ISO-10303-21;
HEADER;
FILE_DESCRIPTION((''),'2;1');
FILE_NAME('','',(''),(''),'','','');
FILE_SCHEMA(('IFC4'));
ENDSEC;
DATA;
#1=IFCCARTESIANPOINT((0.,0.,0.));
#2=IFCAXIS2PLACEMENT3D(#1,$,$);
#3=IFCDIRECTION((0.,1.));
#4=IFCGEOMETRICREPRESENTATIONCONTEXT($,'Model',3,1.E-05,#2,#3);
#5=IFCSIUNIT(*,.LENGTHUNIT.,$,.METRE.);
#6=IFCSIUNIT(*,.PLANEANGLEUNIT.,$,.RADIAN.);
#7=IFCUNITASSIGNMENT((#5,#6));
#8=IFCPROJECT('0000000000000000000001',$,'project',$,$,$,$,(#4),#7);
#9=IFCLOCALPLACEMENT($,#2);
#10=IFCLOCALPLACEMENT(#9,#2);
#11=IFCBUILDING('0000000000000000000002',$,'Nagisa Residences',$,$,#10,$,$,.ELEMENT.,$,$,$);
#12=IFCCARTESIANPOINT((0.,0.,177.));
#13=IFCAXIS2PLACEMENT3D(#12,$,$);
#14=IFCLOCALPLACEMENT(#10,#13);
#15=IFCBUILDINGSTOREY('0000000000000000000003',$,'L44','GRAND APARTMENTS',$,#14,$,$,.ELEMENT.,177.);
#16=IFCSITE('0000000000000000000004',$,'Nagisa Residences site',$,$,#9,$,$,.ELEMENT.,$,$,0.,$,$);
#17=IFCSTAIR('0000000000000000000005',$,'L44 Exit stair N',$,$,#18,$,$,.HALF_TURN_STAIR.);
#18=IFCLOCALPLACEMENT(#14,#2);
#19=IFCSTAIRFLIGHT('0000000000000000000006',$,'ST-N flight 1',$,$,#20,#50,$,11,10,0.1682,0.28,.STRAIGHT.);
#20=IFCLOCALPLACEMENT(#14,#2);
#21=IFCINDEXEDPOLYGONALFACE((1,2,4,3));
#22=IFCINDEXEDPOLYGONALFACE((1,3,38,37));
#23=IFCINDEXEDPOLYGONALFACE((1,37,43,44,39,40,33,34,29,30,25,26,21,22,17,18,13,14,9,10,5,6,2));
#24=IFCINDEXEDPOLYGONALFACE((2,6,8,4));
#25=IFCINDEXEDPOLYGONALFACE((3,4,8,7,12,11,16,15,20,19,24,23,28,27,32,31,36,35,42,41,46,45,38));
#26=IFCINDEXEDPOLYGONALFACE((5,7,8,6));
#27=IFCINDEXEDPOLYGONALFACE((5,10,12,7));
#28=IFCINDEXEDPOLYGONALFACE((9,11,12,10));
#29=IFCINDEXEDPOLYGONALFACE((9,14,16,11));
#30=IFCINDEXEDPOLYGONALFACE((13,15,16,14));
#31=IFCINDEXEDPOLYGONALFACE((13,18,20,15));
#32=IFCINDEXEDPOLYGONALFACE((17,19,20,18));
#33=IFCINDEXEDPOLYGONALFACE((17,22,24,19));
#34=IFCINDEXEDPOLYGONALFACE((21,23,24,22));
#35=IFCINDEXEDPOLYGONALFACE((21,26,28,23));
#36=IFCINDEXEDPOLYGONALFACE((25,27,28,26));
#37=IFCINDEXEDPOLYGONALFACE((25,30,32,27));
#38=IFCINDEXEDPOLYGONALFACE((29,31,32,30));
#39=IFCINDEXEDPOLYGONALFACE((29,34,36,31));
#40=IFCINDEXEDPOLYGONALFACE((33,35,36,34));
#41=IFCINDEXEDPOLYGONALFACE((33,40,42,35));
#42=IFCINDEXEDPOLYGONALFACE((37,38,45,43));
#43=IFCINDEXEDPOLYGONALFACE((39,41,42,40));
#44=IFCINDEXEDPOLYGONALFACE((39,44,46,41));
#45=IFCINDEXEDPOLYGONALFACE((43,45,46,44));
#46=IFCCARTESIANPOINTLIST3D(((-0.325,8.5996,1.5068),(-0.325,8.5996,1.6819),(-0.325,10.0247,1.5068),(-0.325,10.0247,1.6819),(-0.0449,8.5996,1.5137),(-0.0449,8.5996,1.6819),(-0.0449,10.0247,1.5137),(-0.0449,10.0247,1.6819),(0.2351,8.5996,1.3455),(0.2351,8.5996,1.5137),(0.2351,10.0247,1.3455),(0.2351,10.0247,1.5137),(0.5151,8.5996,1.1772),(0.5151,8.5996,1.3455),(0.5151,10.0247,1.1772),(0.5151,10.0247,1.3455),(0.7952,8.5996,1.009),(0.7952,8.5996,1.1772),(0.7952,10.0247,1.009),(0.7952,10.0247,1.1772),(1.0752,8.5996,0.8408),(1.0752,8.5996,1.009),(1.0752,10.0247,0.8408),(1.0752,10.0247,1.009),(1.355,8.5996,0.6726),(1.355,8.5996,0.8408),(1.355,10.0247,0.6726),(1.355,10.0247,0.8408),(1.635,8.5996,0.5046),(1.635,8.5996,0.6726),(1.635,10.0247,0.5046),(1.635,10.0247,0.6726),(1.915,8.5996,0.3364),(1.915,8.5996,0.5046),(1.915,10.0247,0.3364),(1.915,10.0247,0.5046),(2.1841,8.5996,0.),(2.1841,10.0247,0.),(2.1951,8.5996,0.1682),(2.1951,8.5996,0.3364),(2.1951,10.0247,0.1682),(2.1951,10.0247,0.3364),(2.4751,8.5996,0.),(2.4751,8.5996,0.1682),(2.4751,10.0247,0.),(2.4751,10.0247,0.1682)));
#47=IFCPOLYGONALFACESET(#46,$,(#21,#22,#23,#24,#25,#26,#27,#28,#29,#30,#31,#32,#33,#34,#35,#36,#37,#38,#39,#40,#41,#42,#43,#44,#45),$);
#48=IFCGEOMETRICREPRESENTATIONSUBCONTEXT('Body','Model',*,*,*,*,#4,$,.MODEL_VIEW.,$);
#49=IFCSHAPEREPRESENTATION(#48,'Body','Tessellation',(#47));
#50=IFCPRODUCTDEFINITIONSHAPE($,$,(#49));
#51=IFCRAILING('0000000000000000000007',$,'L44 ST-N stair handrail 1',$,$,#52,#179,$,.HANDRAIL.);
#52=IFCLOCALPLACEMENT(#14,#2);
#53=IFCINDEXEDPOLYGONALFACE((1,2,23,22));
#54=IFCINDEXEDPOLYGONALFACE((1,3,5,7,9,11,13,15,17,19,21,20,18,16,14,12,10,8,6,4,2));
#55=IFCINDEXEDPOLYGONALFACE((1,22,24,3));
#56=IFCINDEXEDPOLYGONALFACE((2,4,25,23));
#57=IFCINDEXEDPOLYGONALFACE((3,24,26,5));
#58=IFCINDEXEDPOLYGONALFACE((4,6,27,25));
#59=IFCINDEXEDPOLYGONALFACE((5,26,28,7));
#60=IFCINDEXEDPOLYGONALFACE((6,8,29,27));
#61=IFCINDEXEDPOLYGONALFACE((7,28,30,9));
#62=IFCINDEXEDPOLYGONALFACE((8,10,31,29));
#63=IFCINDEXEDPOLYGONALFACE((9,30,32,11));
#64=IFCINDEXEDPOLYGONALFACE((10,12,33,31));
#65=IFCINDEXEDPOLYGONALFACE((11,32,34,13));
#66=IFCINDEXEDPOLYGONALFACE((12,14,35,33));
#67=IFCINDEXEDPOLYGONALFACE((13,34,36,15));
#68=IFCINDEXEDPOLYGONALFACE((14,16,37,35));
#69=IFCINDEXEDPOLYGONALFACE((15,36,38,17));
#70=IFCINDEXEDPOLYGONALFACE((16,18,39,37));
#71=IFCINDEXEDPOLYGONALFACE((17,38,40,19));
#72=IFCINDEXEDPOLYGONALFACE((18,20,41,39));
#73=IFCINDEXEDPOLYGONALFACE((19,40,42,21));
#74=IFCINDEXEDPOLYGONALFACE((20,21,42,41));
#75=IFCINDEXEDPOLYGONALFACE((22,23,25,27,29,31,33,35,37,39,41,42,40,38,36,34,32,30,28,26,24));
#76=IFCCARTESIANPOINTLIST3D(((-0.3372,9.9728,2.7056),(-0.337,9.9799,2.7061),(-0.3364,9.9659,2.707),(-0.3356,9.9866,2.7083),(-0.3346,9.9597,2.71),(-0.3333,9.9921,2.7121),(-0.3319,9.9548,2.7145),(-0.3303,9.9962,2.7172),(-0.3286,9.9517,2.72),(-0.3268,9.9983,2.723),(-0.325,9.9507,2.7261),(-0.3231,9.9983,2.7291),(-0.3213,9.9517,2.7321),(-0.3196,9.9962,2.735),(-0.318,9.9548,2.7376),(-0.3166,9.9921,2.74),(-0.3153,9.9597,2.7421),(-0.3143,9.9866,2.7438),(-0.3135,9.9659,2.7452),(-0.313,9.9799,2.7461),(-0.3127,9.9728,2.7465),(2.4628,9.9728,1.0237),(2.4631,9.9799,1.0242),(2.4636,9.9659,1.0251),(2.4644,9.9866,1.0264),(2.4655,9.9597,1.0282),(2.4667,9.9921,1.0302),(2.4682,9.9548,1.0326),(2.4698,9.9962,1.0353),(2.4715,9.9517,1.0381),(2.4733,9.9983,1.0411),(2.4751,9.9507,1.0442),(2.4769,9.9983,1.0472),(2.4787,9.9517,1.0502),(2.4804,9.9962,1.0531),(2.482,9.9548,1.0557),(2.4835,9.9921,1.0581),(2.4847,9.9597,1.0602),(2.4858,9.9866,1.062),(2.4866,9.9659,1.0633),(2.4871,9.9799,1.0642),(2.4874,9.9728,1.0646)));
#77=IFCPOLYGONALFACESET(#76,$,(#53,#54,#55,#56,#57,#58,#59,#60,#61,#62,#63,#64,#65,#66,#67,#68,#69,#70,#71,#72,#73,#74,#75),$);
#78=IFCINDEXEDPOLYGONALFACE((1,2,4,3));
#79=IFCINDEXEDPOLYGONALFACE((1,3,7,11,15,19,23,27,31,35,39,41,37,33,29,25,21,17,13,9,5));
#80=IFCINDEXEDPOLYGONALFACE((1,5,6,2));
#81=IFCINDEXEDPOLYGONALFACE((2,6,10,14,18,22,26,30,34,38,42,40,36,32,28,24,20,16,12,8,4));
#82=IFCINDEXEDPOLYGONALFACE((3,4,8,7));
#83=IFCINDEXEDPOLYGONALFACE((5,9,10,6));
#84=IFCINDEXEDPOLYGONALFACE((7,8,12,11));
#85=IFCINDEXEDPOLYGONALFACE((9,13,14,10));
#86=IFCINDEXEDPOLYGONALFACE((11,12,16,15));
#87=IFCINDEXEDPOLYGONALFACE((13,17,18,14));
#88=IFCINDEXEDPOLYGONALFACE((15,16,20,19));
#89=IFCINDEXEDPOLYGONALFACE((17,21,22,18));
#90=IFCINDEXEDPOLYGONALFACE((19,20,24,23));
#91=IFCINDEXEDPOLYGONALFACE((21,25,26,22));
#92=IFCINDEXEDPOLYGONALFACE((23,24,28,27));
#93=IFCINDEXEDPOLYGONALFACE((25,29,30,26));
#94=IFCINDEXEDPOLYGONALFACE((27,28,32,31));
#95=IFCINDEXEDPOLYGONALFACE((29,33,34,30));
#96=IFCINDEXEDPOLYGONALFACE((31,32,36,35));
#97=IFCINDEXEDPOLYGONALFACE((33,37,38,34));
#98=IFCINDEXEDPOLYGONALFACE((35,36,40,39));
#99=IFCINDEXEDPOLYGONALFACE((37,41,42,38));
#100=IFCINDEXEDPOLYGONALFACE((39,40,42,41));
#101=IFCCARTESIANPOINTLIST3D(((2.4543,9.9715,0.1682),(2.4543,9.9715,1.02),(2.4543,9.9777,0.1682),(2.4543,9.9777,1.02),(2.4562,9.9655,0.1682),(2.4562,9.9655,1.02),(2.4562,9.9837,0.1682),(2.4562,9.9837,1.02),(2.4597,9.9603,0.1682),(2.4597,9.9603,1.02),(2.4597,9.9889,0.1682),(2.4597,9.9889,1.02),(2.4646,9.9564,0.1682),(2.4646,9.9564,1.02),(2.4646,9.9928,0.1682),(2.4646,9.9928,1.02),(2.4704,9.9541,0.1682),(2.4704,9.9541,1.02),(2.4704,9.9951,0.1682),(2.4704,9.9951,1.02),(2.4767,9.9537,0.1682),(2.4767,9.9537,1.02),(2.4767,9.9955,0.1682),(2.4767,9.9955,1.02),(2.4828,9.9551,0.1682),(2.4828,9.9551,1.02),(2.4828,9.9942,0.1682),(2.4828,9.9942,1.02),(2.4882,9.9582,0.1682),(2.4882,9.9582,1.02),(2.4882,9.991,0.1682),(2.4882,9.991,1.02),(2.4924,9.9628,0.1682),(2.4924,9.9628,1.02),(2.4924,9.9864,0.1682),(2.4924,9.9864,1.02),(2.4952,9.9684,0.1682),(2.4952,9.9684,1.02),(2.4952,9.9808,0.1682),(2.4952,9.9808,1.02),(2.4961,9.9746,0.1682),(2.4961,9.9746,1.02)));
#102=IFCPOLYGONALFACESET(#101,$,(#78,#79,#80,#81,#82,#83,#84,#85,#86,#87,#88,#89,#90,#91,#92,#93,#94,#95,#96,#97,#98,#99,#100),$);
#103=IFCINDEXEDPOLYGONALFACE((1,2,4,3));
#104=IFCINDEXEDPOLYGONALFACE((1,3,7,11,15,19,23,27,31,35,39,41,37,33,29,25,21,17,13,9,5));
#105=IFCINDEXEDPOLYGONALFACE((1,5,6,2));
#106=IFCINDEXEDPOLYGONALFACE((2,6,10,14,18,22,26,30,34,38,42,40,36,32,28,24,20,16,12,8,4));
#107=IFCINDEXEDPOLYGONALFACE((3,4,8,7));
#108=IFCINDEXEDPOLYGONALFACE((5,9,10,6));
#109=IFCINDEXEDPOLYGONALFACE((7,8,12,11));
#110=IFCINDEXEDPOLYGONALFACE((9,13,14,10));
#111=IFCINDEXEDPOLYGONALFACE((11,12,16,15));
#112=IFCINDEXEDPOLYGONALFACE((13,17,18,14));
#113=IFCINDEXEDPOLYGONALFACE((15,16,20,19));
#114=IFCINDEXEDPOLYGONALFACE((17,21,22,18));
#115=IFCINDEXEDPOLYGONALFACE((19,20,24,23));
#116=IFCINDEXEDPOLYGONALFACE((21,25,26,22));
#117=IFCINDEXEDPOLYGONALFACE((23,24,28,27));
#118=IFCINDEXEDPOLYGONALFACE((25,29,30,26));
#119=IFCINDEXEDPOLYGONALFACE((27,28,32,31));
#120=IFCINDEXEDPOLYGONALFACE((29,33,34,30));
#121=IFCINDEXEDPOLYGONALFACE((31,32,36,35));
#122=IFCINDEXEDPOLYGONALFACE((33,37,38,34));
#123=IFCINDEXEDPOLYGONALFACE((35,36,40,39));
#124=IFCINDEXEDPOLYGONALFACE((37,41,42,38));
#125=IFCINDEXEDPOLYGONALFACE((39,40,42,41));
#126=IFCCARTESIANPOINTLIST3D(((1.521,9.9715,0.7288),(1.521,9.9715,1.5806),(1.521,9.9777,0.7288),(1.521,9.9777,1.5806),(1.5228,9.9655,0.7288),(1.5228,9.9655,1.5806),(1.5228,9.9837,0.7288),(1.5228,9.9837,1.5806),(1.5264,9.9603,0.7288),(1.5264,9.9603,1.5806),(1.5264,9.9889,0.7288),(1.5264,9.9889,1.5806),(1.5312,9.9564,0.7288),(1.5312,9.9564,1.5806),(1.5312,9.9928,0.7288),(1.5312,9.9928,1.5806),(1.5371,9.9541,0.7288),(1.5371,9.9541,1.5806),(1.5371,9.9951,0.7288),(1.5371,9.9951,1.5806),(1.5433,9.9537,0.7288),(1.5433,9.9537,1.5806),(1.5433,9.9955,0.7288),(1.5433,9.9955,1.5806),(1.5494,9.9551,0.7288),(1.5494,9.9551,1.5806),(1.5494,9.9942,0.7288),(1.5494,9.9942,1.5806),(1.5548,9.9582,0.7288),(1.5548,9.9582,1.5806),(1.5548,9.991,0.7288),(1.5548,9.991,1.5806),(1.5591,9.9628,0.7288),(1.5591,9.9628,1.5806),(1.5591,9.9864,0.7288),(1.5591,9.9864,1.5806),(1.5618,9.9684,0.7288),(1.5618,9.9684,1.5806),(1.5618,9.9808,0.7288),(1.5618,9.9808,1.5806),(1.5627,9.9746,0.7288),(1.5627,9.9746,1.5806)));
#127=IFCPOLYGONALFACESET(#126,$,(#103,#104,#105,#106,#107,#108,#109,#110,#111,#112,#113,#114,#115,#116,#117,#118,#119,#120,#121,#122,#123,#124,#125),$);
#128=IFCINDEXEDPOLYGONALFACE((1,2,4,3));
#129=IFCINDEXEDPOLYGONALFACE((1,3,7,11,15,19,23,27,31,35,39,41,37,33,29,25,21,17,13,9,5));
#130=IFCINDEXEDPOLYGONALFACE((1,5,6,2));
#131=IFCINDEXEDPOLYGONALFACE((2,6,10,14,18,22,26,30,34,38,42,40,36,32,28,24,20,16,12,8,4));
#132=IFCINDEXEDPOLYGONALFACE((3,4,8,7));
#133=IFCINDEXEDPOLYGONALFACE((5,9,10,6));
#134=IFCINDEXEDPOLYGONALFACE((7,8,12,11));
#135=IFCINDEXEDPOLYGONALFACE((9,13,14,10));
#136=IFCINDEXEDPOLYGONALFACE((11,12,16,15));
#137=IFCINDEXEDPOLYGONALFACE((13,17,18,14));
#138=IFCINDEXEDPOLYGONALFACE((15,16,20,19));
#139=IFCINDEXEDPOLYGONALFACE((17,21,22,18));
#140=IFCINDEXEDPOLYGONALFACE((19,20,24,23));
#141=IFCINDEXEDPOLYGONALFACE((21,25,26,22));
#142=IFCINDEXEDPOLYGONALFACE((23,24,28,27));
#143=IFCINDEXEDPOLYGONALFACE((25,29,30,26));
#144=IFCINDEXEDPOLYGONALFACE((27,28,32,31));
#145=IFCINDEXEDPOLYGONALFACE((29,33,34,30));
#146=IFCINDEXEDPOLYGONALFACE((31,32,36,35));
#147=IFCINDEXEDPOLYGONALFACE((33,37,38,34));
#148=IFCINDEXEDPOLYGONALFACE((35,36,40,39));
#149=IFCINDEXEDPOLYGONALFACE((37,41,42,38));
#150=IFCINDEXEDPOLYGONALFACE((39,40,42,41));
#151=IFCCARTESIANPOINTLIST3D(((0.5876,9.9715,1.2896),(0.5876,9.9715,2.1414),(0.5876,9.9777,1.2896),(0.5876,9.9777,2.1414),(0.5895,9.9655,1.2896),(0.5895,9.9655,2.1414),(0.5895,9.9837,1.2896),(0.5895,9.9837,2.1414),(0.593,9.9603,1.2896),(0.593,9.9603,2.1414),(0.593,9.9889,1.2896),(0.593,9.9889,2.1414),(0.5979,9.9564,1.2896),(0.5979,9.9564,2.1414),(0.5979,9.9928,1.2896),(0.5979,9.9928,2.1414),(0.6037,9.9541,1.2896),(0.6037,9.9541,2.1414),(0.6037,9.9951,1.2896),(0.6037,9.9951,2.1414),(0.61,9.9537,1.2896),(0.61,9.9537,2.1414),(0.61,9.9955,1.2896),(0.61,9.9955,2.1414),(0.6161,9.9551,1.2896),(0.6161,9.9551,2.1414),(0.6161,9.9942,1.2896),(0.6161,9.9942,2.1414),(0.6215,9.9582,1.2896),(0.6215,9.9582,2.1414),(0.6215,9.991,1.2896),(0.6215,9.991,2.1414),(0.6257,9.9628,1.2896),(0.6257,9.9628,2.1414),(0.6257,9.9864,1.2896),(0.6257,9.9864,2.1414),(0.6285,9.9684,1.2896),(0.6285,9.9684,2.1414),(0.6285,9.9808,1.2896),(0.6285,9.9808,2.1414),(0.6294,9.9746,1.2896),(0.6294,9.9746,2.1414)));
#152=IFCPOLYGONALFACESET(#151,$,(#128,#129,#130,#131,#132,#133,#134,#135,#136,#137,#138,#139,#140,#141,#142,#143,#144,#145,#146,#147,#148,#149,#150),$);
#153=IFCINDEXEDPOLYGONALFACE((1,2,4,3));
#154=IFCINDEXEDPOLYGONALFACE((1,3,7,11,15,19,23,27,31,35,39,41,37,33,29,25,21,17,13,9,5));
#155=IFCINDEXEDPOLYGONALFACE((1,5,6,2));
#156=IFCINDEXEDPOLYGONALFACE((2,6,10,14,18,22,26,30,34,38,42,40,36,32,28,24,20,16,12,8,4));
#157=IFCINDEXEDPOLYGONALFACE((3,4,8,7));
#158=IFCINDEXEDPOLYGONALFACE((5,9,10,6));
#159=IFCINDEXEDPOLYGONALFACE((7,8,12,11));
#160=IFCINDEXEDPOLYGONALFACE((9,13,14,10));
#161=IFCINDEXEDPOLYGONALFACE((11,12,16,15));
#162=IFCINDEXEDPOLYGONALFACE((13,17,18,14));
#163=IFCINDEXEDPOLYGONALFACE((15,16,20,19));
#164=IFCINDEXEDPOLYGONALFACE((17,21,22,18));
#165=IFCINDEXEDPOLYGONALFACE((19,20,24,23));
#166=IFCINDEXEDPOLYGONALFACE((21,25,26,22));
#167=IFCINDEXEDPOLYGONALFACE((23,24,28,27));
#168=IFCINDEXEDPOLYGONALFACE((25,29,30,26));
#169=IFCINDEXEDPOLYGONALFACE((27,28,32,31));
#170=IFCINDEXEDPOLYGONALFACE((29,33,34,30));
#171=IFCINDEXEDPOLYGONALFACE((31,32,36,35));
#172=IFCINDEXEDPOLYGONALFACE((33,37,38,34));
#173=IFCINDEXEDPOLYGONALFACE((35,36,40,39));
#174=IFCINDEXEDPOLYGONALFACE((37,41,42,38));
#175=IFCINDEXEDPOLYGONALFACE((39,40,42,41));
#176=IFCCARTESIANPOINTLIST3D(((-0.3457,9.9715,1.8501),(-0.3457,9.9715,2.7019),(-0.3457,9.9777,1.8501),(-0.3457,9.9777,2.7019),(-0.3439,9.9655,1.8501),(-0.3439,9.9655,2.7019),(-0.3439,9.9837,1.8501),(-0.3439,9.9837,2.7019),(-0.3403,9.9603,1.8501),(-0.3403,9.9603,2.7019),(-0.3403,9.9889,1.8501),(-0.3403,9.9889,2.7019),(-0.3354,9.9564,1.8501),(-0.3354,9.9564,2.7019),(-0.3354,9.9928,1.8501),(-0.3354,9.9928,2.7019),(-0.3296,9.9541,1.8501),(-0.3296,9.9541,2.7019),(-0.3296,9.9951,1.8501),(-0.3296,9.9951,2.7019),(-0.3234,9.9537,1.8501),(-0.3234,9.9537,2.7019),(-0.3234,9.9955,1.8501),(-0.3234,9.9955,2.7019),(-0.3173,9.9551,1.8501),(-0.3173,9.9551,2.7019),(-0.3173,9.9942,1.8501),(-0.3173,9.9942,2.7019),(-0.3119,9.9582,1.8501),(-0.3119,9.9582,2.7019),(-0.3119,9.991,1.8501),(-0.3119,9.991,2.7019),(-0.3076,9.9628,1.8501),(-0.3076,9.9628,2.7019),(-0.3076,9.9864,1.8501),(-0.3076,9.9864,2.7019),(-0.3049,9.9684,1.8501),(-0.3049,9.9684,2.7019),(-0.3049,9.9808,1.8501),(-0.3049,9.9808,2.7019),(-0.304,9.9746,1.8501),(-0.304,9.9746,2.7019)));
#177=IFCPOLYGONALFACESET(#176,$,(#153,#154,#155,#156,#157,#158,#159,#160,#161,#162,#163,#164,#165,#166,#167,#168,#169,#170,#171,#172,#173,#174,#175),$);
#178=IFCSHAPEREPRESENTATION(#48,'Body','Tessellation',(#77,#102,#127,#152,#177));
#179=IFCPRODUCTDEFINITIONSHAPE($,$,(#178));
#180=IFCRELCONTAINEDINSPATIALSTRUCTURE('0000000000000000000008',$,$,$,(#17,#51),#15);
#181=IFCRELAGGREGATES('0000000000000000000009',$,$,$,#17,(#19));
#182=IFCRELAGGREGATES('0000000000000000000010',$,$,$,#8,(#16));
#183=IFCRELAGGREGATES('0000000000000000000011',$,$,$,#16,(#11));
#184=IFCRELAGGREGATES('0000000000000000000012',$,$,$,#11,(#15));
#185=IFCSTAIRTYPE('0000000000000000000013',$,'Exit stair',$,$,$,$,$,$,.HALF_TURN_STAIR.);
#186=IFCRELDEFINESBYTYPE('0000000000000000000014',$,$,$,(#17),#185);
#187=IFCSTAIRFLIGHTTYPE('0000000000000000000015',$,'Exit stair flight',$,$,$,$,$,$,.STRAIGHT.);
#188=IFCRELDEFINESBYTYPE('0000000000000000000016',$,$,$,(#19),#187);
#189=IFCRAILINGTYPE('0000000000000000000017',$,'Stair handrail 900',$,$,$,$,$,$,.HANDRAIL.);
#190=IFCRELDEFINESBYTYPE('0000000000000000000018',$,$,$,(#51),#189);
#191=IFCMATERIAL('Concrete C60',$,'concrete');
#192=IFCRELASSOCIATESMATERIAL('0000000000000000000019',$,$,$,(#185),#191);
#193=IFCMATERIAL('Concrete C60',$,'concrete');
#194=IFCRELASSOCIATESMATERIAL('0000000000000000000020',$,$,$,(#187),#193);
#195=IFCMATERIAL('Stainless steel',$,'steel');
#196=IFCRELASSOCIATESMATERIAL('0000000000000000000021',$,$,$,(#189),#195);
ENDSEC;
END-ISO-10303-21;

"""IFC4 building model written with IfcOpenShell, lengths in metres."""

from ifc_helpers import new_model, si_unit, direction, frame, origin, origin_2d, place, context, subcontext, project, spatial, polyline, circle, outline, extrude, material, type_object, element, aggregate, save


model = new_model("IFC4")

# Units and contexts
model_context = context("Model", 3, precision=1e-05, world=origin(), true_north=direction((0.0, 1.0)))
body_context = subcontext(model_context, "Body", "Model", "MODEL_VIEW")
ifc_project = project(units=[si_unit("LENGTHUNIT", "METRE"), si_unit("PLANEANGLEUNIT", "RADIAN")], contexts=[model_context])

# Site, building, storey
site_placement = place(None, origin())
site = spatial("IfcSite", under=ifc_project, at=site_placement, Name="Nagisa Residences site", CompositionType="ELEMENT", RefElevation=0.0)
building_placement = place(site_placement, origin())
building = spatial("IfcBuilding", under=site, at=building_placement, Name="Nagisa Residences", CompositionType="ELEMENT")
storey_placement = place(building_placement, frame((0.0, 0.0, 177.0)))
storey = spatial("IfcBuildingStorey", under=building, at=storey_placement, Name="L44", Description="GRAND APARTMENTS", CompositionType="ELEMENT", Elevation=177.0)

# Stair, stair flight
ifc_material_1 = material(Name="Concrete C60", Category="concrete")
stair_type = type_object("IfcStairType", Name="Exit stair", PredefinedType="HALF_TURN_STAIR", material=ifc_material_1)
stair_placement = place(storey_placement, origin())
stair = element("IfcStair", 1, at=stair_placement, inside=storey, type_object=stair_type, Name="L44 Exit stair N", PredefinedType="HALF_TURN_STAIR")
ifc_material_2 = material(Name="Concrete C60", Category="concrete")
stair_flight_type = type_object("IfcStairFlightType", Name="Exit stair flight", PredefinedType="STRAIGHT", material=ifc_material_2)
stair_flight_placement = place(storey_placement, frame((2.4751, 9.312, 0.0), z_axis=(0.0, 0.0, 1.0), x_axis=(-1.0, 0.0, 0.0)))
stair_flight = element("IfcStairFlight", 2, at=stair_flight_placement, type_object=stair_flight_type, Name="ST-N flight 1", NumberOfRisers=11, NumberOfTreads=10, PredefinedType="STRAIGHT", RiserHeight=0.1682, TreadLength=0.28, context=body_context, shape_type="SweptSolid", body=[
    extrude(outline(polyline([(0.0, 0.0), (0.0, 0.1682), (0.28, 0.1682), (0.28, 0.3364), (0.5601, 0.3364), (0.5601, 0.5046), (0.8401, 0.5046), (0.8401, 0.6726), (1.1201, 0.6726), (1.1201, 0.8408), (1.3999, 0.8408), (1.3999, 1.009), (1.6799, 1.009), (1.6799, 1.1772), (1.96, 1.1772), (1.96, 1.3455), (2.24, 1.3455), (2.24, 1.5137), (2.52, 1.5137), (2.52, 1.6819), (2.8, 1.6819), (2.8, 1.8501), (2.8, 1.5068), (0.291, 0.0), (0.0, 0.0)])), frame((0.0, 0.7124, 0.0), z_axis=(0.0, -1.0, 0.0), x_axis=(1.0, 0.0, 0.0)), (0.0, 0.0, 1.0), 1.425),
])
aggregate(stair, [stair_flight])

# Railing
ifc_material_3 = material(Name="Stainless steel", Category="steel")
railing_type_1 = type_object("IfcRailingType", Name="Stair handrail 900", PredefinedType="HANDRAIL", material=ifc_material_3)
railing_1_placement = place(storey_placement, frame((2.4751, 9.9746, 0.1682)))
element("IfcRailing", 3, at=railing_1_placement, inside=storey, type_object=railing_type_1, Name="L44 ST-N stair handrail 1", PredefinedType="HANDRAIL", context=body_context, shape_type="SweptSolid", body=[
    extrude(circle(Radius=0.0239, at=origin_2d()), frame((0.0, 0.0, 0.876), z_axis=(-0.857242, 0.0, 0.514913), x_axis=(0.0, -1.0, 0.0)), (0.0, 0.0, 1.0), 3.2664),
    extrude(circle(Radius=0.021, at=origin_2d()), origin(), (0.0, 0.0, 1.0), 0.8518),
    extrude(circle(Radius=0.021, at=origin_2d()), frame((-0.9333, 0.0, 0.5605)), (0.0, 0.0, 1.0), 0.8518),
    extrude(circle(Radius=0.021, at=origin_2d()), frame((-1.8667, 0.0, 1.1213)), (0.0, 0.0, 1.0), 0.8518),
    extrude(circle(Radius=0.021, at=origin_2d()), frame((-2.8, 0.0, 1.6819)), (0.0, 0.0, 1.0), 0.8518),
])

save(model, "model.ifc")
